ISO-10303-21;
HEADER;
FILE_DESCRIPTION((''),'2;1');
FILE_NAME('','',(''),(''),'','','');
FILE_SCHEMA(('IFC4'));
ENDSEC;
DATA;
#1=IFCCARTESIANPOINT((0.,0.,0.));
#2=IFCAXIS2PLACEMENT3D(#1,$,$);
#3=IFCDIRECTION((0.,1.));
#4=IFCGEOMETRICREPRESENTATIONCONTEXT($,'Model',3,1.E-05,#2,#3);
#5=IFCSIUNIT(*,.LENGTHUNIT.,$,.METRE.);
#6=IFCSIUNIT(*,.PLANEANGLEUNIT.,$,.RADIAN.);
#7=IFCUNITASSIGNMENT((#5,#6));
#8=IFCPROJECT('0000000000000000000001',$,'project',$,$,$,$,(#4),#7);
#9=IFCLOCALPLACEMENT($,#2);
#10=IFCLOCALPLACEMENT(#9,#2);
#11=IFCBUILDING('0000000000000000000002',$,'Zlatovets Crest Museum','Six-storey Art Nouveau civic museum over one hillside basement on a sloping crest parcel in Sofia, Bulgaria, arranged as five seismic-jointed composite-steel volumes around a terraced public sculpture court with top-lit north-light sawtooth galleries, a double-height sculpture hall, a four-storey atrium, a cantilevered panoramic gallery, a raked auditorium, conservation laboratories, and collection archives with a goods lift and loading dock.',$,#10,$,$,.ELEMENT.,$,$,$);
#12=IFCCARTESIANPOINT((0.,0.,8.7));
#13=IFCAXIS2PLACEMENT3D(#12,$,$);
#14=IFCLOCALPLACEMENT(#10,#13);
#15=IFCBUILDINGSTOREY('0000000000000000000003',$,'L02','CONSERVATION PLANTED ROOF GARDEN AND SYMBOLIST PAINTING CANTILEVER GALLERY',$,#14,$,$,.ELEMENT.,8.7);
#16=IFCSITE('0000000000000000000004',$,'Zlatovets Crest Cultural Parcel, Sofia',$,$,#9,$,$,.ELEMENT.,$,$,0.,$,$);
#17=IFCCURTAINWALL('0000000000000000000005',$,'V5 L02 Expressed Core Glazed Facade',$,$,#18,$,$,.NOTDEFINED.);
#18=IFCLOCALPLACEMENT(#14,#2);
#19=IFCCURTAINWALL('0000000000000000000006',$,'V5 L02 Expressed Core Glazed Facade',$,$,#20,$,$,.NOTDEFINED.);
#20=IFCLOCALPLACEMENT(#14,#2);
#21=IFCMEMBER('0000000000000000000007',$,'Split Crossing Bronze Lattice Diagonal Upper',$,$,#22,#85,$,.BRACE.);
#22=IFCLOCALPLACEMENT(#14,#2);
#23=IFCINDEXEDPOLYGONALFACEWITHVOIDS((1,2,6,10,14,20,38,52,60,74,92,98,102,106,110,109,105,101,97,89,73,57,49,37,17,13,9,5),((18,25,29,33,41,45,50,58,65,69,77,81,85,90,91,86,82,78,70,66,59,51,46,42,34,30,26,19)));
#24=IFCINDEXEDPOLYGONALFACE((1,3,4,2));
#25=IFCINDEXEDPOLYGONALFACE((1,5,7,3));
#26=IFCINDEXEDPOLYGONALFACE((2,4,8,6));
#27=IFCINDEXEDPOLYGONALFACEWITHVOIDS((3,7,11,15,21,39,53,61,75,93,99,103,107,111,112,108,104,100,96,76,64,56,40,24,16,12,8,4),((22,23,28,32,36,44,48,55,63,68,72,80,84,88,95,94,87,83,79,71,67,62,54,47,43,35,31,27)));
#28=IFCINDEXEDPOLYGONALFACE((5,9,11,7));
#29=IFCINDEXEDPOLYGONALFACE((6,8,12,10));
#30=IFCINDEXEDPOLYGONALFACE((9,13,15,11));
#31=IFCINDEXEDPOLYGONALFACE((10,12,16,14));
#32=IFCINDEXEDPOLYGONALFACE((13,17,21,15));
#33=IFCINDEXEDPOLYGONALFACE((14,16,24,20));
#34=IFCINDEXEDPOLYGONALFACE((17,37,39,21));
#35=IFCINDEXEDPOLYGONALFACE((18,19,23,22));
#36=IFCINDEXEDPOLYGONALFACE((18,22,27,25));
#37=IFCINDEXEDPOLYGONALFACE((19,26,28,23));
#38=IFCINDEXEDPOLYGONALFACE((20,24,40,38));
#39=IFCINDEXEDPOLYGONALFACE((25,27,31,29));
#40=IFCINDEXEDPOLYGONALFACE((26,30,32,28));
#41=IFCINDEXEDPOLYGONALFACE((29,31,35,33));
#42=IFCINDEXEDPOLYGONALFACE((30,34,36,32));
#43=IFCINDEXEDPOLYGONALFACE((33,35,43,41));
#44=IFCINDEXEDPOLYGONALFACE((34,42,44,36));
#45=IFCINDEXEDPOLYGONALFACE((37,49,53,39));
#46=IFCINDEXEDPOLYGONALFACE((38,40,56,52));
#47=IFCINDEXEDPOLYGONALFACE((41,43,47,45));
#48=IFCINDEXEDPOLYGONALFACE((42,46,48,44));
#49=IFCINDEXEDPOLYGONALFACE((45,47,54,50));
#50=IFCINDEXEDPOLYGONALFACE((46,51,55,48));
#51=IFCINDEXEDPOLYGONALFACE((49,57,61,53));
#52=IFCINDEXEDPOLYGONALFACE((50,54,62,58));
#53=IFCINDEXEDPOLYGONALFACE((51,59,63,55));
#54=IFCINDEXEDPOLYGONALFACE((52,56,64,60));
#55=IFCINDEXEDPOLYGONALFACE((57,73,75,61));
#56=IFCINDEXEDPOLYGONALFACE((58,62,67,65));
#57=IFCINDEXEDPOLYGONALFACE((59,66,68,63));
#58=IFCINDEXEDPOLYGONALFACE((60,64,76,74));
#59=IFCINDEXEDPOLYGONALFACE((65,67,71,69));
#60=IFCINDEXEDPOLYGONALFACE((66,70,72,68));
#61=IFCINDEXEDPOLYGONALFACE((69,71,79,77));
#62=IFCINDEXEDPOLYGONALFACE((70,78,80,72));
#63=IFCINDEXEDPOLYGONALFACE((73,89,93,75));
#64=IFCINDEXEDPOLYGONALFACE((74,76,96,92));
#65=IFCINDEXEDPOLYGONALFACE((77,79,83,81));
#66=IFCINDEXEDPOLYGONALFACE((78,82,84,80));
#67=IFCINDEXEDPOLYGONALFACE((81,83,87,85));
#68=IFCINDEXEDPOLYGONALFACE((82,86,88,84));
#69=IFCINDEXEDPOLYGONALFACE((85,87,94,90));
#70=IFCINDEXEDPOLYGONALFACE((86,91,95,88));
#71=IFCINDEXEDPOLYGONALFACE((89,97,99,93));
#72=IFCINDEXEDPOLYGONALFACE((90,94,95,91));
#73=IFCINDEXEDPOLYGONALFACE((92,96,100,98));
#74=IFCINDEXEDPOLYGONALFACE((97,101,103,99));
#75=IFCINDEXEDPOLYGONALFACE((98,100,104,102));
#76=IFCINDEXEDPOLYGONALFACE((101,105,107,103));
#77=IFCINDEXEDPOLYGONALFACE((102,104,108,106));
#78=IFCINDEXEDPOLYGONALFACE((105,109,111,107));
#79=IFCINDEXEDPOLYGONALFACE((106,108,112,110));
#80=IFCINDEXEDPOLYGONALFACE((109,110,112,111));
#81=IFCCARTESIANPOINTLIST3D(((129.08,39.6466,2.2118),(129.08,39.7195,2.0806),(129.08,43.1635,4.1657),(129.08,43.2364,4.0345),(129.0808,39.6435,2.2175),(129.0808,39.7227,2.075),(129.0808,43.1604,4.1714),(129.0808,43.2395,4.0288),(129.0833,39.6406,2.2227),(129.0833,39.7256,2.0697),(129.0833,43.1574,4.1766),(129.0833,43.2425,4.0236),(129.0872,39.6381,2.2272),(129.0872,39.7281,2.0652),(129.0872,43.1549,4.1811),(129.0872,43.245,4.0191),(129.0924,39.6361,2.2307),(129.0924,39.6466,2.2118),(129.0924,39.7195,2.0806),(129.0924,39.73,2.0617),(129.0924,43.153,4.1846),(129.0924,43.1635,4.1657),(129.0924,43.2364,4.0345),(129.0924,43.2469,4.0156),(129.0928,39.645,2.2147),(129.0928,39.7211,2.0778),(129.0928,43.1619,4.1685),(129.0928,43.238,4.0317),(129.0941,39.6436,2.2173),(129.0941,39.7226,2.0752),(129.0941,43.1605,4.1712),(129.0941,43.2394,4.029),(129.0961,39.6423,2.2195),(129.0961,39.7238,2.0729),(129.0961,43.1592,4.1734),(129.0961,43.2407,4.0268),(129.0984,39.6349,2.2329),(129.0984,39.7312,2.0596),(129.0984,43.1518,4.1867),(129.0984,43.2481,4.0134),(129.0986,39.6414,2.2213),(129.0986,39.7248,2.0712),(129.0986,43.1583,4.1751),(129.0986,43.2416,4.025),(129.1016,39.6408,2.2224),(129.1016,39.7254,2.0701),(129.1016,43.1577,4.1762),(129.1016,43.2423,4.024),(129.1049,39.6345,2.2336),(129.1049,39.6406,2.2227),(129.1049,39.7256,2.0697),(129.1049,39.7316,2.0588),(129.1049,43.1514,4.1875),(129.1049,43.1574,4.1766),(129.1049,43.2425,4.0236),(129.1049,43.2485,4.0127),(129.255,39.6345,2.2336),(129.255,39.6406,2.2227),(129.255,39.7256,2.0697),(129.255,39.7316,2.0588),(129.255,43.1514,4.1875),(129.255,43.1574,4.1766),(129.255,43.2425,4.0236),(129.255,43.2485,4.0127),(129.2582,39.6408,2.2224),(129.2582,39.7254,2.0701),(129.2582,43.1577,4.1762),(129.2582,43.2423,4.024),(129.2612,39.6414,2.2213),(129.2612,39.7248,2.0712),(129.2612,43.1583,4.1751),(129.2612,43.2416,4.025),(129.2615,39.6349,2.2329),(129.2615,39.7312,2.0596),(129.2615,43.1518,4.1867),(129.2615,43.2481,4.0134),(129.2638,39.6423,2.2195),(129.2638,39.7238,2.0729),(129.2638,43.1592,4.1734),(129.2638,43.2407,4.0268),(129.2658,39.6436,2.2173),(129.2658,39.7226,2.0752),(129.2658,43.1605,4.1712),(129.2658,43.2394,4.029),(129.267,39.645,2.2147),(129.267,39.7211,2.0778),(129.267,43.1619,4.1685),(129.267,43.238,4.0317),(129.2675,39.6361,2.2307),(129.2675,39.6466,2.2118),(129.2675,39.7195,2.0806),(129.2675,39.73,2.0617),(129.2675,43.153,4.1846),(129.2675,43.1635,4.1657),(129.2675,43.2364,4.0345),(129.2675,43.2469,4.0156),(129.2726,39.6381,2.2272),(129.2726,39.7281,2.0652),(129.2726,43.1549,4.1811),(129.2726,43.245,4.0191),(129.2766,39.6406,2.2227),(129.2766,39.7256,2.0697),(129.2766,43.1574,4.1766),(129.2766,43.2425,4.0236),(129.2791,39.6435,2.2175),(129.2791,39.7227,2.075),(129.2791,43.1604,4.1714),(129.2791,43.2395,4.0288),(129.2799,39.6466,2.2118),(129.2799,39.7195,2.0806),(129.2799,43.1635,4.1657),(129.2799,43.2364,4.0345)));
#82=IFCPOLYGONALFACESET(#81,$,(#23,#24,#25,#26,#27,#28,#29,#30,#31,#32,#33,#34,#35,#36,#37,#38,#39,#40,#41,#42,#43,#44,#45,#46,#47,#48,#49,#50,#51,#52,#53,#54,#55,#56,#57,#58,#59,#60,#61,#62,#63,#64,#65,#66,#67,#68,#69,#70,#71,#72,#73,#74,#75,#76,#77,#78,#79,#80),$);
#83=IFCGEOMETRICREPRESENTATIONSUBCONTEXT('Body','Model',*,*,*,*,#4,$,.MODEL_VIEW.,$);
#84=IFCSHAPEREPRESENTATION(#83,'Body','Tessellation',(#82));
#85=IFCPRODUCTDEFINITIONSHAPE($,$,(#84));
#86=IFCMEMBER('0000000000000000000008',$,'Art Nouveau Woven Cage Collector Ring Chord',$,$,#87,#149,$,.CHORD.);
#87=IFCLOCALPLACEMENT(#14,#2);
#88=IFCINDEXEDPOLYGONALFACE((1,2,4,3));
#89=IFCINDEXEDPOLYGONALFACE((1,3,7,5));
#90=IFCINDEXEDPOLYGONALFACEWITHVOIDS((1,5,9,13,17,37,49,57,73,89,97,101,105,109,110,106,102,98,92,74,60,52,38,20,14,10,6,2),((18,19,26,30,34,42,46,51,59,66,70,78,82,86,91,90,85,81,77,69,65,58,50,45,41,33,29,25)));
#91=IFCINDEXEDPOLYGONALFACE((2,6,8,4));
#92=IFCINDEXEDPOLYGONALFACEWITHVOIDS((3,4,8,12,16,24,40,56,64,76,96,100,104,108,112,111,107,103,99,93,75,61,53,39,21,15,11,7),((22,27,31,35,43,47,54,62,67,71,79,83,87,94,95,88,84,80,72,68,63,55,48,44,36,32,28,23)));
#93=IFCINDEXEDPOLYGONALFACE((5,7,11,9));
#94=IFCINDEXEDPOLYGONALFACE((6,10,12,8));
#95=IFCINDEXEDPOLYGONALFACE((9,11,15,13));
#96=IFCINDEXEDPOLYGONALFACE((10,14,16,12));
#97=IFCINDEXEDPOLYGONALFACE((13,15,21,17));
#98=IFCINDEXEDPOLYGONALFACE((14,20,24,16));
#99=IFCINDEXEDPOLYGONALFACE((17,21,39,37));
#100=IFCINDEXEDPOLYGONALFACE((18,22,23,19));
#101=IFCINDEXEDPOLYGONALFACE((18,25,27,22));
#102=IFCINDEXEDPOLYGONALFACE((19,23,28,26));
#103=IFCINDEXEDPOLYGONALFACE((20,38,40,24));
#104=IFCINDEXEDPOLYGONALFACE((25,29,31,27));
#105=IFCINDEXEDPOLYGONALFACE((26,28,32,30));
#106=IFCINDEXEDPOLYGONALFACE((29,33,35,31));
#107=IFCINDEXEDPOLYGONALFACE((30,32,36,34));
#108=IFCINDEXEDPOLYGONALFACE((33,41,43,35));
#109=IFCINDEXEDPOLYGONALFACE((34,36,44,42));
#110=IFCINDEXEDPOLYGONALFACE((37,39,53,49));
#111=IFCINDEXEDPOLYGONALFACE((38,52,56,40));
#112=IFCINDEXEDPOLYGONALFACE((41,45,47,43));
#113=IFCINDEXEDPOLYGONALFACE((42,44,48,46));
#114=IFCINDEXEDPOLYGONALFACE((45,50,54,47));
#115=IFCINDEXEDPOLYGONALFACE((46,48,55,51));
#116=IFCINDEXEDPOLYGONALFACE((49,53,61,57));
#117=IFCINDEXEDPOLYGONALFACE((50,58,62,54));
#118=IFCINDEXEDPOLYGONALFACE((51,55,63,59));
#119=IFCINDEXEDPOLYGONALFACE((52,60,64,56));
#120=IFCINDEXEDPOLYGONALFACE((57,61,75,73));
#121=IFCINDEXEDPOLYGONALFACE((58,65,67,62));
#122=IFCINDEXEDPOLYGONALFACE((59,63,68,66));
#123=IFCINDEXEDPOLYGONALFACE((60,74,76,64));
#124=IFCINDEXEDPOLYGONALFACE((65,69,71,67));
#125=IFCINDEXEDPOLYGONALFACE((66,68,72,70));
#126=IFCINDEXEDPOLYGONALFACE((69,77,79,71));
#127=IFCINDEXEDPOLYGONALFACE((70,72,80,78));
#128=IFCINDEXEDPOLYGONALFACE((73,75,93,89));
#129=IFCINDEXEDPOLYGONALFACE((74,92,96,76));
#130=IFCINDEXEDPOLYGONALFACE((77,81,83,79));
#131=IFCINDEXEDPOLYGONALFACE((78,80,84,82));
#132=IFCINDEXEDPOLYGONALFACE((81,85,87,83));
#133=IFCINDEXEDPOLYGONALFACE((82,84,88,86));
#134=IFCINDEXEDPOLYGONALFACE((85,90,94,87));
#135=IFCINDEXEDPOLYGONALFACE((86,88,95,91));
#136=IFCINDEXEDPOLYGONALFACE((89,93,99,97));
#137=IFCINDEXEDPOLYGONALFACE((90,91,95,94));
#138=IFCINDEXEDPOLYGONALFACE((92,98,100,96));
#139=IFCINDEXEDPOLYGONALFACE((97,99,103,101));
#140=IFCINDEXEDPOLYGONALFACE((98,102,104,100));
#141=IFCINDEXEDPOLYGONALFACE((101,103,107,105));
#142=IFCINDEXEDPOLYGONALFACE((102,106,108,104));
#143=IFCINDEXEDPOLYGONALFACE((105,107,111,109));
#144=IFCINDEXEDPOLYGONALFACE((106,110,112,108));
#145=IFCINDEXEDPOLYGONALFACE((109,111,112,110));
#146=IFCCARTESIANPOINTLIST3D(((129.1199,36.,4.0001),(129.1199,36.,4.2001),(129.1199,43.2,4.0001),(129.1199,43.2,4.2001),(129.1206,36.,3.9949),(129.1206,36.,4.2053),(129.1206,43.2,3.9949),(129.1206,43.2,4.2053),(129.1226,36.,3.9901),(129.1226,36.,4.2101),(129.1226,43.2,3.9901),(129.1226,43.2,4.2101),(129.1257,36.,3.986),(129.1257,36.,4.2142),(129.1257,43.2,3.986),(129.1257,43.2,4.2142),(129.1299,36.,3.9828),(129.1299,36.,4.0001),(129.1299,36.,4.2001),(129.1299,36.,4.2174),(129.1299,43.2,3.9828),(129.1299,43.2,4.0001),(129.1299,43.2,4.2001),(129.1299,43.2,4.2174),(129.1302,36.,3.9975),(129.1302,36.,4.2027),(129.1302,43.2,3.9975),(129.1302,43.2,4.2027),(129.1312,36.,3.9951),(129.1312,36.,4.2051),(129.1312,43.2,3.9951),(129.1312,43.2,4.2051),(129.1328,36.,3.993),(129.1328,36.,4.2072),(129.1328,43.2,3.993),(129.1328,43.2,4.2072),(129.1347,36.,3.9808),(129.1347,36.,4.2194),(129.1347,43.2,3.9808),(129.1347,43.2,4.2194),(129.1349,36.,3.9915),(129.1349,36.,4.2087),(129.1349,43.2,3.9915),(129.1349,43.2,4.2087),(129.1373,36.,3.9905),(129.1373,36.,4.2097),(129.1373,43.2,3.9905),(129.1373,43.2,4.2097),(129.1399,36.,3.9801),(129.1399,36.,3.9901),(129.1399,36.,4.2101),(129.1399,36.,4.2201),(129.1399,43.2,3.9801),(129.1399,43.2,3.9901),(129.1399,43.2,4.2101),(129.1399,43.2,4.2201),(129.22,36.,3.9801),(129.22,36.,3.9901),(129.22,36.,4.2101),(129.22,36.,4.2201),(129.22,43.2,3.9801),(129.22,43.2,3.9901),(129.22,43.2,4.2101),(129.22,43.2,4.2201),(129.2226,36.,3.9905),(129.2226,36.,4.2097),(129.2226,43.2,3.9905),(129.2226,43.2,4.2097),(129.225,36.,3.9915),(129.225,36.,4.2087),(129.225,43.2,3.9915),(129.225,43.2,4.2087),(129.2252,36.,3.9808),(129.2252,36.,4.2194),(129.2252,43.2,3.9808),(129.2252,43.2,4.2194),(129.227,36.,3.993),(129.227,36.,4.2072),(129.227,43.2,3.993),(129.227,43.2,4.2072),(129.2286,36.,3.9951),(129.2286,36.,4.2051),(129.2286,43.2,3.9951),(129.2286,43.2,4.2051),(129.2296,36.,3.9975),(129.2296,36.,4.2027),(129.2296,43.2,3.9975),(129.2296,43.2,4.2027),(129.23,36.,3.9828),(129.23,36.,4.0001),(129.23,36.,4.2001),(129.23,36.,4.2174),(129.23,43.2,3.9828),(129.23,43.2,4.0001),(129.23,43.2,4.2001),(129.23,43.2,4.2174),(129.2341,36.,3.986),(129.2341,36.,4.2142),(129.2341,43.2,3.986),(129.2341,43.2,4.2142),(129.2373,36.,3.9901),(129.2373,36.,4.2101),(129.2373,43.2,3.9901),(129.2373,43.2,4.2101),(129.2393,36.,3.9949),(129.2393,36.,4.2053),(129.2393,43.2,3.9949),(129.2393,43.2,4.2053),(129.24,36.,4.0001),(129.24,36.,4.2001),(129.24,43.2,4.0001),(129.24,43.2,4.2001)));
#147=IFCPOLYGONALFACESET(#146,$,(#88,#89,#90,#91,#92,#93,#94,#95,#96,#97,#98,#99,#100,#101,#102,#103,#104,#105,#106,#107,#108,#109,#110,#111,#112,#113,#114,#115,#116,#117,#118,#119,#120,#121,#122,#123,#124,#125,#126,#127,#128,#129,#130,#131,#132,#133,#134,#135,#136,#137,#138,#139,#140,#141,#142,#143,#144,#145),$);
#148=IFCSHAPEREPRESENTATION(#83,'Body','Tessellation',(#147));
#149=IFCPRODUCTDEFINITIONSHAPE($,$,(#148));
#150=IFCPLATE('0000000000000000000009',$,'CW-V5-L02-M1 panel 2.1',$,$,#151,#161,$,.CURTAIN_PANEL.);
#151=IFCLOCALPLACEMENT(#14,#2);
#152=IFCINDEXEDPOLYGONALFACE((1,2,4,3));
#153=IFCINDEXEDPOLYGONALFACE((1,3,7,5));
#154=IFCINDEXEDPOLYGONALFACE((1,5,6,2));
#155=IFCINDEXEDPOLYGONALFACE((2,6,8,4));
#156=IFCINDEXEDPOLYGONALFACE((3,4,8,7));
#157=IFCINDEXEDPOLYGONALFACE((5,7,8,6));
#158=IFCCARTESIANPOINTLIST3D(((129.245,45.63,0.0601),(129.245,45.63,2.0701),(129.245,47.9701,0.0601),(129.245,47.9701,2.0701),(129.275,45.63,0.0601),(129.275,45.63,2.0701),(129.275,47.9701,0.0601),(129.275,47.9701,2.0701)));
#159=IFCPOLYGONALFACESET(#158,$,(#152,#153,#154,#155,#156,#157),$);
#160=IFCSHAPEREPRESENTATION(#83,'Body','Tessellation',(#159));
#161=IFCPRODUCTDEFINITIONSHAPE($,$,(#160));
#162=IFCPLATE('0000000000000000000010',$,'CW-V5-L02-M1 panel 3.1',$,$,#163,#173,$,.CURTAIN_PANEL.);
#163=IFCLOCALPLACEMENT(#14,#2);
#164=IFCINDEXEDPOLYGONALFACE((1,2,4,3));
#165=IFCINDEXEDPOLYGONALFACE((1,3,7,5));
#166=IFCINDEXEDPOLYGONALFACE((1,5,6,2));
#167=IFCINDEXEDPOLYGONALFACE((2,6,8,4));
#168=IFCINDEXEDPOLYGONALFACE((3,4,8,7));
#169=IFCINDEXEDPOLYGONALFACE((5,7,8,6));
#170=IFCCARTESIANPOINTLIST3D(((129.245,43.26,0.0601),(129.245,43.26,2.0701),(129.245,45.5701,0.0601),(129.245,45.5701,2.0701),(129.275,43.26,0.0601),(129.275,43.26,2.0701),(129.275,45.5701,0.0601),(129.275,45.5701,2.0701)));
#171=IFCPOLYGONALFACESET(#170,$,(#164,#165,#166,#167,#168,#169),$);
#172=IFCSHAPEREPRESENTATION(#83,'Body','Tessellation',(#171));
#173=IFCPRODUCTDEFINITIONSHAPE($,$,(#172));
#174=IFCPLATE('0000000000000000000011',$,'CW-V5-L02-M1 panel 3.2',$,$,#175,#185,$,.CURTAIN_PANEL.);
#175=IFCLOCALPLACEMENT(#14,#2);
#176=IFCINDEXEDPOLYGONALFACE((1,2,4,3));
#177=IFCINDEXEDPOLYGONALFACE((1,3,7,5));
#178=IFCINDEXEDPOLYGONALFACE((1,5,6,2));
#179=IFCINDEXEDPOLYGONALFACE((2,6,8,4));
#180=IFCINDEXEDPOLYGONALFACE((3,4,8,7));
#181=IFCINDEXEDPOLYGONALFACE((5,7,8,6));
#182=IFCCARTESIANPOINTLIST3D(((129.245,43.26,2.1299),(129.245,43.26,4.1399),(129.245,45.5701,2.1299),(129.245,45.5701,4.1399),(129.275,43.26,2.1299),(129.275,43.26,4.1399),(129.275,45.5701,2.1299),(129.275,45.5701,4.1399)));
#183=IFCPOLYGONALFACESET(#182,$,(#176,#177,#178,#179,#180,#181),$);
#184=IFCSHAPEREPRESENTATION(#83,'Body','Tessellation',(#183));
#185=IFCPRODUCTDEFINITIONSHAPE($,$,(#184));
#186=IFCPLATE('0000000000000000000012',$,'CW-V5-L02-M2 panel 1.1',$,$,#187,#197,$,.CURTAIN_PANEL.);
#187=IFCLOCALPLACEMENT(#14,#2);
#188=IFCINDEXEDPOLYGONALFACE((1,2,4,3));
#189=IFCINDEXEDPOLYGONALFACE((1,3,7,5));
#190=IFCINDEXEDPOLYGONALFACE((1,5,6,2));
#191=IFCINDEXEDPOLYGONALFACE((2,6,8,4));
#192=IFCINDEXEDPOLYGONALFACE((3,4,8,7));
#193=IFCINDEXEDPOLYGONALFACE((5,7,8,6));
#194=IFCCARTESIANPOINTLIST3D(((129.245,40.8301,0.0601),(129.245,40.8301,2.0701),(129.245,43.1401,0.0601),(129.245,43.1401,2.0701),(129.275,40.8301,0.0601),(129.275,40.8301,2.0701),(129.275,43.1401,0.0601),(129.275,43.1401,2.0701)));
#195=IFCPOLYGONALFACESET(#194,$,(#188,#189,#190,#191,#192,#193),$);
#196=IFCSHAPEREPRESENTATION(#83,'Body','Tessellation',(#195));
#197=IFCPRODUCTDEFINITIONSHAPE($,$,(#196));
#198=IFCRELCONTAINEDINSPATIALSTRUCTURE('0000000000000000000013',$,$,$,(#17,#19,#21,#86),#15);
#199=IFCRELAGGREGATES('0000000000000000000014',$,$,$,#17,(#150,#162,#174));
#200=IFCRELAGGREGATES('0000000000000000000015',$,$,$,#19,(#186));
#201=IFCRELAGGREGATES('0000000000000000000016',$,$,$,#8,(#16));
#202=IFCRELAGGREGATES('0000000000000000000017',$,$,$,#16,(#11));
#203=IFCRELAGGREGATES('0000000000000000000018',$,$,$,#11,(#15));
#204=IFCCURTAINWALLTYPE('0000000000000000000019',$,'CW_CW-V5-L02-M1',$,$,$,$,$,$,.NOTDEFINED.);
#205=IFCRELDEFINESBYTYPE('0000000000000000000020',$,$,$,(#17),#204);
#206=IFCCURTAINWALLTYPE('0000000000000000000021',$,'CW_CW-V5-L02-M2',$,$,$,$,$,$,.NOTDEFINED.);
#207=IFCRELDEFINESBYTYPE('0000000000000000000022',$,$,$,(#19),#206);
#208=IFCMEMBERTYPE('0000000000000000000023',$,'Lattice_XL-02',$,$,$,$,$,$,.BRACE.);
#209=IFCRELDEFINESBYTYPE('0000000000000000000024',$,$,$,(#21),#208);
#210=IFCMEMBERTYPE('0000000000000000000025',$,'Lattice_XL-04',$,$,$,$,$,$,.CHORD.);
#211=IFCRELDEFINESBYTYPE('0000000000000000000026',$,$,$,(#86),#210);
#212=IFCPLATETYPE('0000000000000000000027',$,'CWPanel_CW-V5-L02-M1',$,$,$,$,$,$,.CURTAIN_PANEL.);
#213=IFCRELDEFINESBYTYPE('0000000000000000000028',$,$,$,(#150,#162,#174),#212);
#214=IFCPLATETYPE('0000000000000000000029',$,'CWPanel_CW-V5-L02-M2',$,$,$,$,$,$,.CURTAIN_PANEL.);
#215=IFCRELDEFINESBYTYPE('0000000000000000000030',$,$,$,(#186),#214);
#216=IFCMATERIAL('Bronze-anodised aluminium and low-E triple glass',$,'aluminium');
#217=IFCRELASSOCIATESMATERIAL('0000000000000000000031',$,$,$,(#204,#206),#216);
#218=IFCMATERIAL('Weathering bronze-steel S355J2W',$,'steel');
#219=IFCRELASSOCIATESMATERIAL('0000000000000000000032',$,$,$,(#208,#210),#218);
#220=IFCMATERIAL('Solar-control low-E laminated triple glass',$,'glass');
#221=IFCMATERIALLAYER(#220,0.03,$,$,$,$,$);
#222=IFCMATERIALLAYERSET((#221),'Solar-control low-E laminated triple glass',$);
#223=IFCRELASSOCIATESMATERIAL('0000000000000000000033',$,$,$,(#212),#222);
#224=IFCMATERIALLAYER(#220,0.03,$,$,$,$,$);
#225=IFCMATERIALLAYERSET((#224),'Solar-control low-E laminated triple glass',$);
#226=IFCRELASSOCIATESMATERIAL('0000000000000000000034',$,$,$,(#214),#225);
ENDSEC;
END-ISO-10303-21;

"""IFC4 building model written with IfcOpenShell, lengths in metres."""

from ifc_helpers import new_model, si_unit, direction, frame, origin, origin_2d, place, context, subcontext, project, spatial, rectangle, hollow_rectangle, extrude, material, layer, layer_set, material_profile, profile_set, type_object, element, aggregate, save


model = new_model("IFC4")

# Units and contexts
model_context = context("Model", 3, precision=1e-05, world=origin(), true_north=direction((0.0, 1.0)))
body_context = subcontext(model_context, "Body", "Model", "MODEL_VIEW")
ifc_project = project(units=[si_unit("LENGTHUNIT", "METRE"), si_unit("PLANEANGLEUNIT", "RADIAN")], contexts=[model_context])

# Site, building, storey
site_placement = place(None, origin())
site = spatial("IfcSite", under=ifc_project, at=site_placement, Name="Zlatovets Crest Cultural Parcel, Sofia", CompositionType="ELEMENT", RefElevation=0.0)
building_placement = place(site_placement, origin())
building = spatial("IfcBuilding", under=site, at=building_placement, Name="Zlatovets Crest Museum", Description="Six-storey Art Nouveau civic museum over one hillside basement on a sloping crest parcel in Sofia, Bulgaria, arranged as five seismic-jointed composite-steel volumes around a terraced public sculpture court with top-lit north-light sawtooth galleries, a double-height sculpture hall, a four-storey atrium, a cantilevered panoramic gallery, a raked auditorium, conservation laboratories, and collection archives with a goods lift and loading dock.", CompositionType="ELEMENT")
storey_placement = place(building_placement, frame((0.0, 0.0, 8.7)))
storey = spatial("IfcBuildingStorey", under=building, at=storey_placement, Name="L02", Description="CONSERVATION PLANTED ROOF GARDEN AND SYMBOLIST PAINTING CANTILEVER GALLERY", CompositionType="ELEMENT", Elevation=8.7)

# Curtain wall
ifc_material_1 = material(Name="Bronze-anodised aluminium and low-E triple glass", Category="aluminium")
curtain_wall_type_1 = type_object("IfcCurtainWallType", Name="CW_CW-V5-L02-M1", PredefinedType="NOTDEFINED", material=ifc_material_1)
curtain_wall_1_placement = place(storey_placement, origin())
curtain_wall_1 = element("IfcCurtainWall", 1, at=curtain_wall_1_placement, inside=storey, type_object=curtain_wall_type_1, Name="V5 L02 Expressed Core Glazed Facade", PredefinedType="NOTDEFINED")

# Curtain wall
curtain_wall_type_2 = type_object("IfcCurtainWallType", Name="CW_CW-V5-L02-M2", PredefinedType="NOTDEFINED", material=ifc_material_1)
curtain_wall_2_placement = place(storey_placement, origin())
curtain_wall_2 = element("IfcCurtainWall", 2, at=curtain_wall_2_placement, inside=storey, type_object=curtain_wall_type_2, Name="V5 L02 Expressed Core Glazed Facade", PredefinedType="NOTDEFINED")

# Members
ifc_material_2 = material(Name="Weathering bronze-steel S355J2W", Category="steel")
ifc_material_profile_1 = material_profile(ifc_material_2, hollow_rectangle(XDim=0.2, YDim=0.2, WallThickness=0.0125, InnerFilletRadius=0.0125, OuterFilletRadius=0.0249, at=origin_2d()), Name="SHS 200x200x12.5")
ifc_profile_set_1 = profile_set([ifc_material_profile_1], Name="Weathering bronze-steel S355J2W")
member_type_1 = type_object("IfcMemberType", Name="Lattice_XL-02", PredefinedType="BRACE", material=ifc_profile_set_1)
member_1_placement = place(storey_placement, frame((129.1799, 43.2, 4.1001), z_axis=(0.0, -0.874152, -0.485653), x_axis=(1.0, 0.0, 0.0)))
element("IfcMember", 3, at=member_1_placement, inside=storey, type_object=member_type_1, Name="Split Crossing Bronze Lattice Diagonal Upper", PredefinedType="BRACE", context=body_context, shape_type="SweptSolid", body=[
    extrude(hollow_rectangle(XDim=0.2, YDim=0.2, WallThickness=0.0125, InnerFilletRadius=0.0125, OuterFilletRadius=0.0249, at=origin_2d()), origin(), (0.0, 0.0, 1.0), 4.0232),
])
ifc_material_profile_2 = material_profile(ifc_material_2, hollow_rectangle(XDim=0.1201, YDim=0.24, WallThickness=0.01, InnerFilletRadius=0.01, OuterFilletRadius=0.02, at=origin_2d()), Name="RHS 120x240x10.0")
ifc_profile_set_2 = profile_set([ifc_material_profile_2], Name="Weathering bronze-steel S355J2W")
member_type_2 = type_object("IfcMemberType", Name="Lattice_XL-04", PredefinedType="CHORD", material=ifc_profile_set_2)
member_2_placement = place(storey_placement, frame((129.1799, 43.2, 4.1001), z_axis=(0.0, -1.0, 0.0), x_axis=(1.0, 0.0, 0.0)))
element("IfcMember", 4, at=member_2_placement, inside=storey, type_object=member_type_2, Name="Art Nouveau Woven Cage Collector Ring Chord", PredefinedType="CHORD", context=body_context, shape_type="SweptSolid", body=[
    extrude(hollow_rectangle(XDim=0.1201, YDim=0.24, WallThickness=0.01, InnerFilletRadius=0.01, OuterFilletRadius=0.02, at=origin_2d()), origin(), (0.0, 0.0, 1.0), 7.2),
])

# Plates
ifc_material_3 = material(Name="Solar-control low-E laminated triple glass", Category="glass")
ifc_layer_1 = layer(ifc_material_3, 0.03)
ifc_layer_set_1 = layer_set([ifc_layer_1], Name="Solar-control low-E laminated triple glass")
plate_type_1 = type_object("IfcPlateType", Name="CWPanel_CW-V5-L02-M1", PredefinedType="CURTAIN_PANEL", material=ifc_layer_set_1)
plate_1_placement = place(storey_placement, frame((129.26, 46.8, 0.0601), z_axis=(0.0, 0.0, 1.0), x_axis=(0.0, -1.0, 0.0)))
plate_1 = element("IfcPlate", 5, at=plate_1_placement, type_object=plate_type_1, Name="CW-V5-L02-M1 panel 2.1", PredefinedType="CURTAIN_PANEL", context=body_context, shape_type="SweptSolid", body=[
    extrude(rectangle(XDim=2.3401, YDim=0.03, at=origin_2d()), origin(), (0.0, 0.0, 1.0), 2.01),
])
plate_2_placement = place(storey_placement, frame((129.26, 44.415, 0.0601), z_axis=(0.0, 0.0, 1.0), x_axis=(0.0, -1.0, 0.0)))
plate_2 = element("IfcPlate", 6, at=plate_2_placement, type_object=plate_type_1, Name="CW-V5-L02-M1 panel 3.1", PredefinedType="CURTAIN_PANEL", context=body_context, shape_type="SweptSolid", body=[
    extrude(rectangle(XDim=2.3101, YDim=0.03, at=origin_2d()), origin(), (0.0, 0.0, 1.0), 2.01),
])
plate_3_placement = place(storey_placement, frame((129.26, 44.415, 2.1299), z_axis=(0.0, 0.0, 1.0), x_axis=(0.0, -1.0, 0.0)))
plate_3 = element("IfcPlate", 7, at=plate_3_placement, type_object=plate_type_1, Name="CW-V5-L02-M1 panel 3.2", PredefinedType="CURTAIN_PANEL", context=body_context, shape_type="SweptSolid", body=[
    extrude(rectangle(XDim=2.3101, YDim=0.03, at=origin_2d()), origin(), (0.0, 0.0, 1.0), 2.01),
])
aggregate(curtain_wall_1, [plate_1, plate_2, plate_3])
ifc_layer_2 = layer(ifc_material_3, 0.03)
ifc_layer_set_2 = layer_set([ifc_layer_2], Name="Solar-control low-E laminated triple glass")
plate_type_2 = type_object("IfcPlateType", Name="CWPanel_CW-V5-L02-M2", PredefinedType="CURTAIN_PANEL", material=ifc_layer_set_2)
plate_4_placement = place(storey_placement, frame((129.26, 41.9851, 0.0601), z_axis=(0.0, 0.0, 1.0), x_axis=(0.0, -1.0, 0.0)))
plate_4 = element("IfcPlate", 8, at=plate_4_placement, type_object=plate_type_2, Name="CW-V5-L02-M2 panel 1.1", PredefinedType="CURTAIN_PANEL", context=body_context, shape_type="SweptSolid", body=[
    extrude(rectangle(XDim=2.3101, YDim=0.03, at=origin_2d()), origin(), (0.0, 0.0, 1.0), 2.01),
])
aggregate(curtain_wall_2, [plate_4])

save(model, "model.ifc")
